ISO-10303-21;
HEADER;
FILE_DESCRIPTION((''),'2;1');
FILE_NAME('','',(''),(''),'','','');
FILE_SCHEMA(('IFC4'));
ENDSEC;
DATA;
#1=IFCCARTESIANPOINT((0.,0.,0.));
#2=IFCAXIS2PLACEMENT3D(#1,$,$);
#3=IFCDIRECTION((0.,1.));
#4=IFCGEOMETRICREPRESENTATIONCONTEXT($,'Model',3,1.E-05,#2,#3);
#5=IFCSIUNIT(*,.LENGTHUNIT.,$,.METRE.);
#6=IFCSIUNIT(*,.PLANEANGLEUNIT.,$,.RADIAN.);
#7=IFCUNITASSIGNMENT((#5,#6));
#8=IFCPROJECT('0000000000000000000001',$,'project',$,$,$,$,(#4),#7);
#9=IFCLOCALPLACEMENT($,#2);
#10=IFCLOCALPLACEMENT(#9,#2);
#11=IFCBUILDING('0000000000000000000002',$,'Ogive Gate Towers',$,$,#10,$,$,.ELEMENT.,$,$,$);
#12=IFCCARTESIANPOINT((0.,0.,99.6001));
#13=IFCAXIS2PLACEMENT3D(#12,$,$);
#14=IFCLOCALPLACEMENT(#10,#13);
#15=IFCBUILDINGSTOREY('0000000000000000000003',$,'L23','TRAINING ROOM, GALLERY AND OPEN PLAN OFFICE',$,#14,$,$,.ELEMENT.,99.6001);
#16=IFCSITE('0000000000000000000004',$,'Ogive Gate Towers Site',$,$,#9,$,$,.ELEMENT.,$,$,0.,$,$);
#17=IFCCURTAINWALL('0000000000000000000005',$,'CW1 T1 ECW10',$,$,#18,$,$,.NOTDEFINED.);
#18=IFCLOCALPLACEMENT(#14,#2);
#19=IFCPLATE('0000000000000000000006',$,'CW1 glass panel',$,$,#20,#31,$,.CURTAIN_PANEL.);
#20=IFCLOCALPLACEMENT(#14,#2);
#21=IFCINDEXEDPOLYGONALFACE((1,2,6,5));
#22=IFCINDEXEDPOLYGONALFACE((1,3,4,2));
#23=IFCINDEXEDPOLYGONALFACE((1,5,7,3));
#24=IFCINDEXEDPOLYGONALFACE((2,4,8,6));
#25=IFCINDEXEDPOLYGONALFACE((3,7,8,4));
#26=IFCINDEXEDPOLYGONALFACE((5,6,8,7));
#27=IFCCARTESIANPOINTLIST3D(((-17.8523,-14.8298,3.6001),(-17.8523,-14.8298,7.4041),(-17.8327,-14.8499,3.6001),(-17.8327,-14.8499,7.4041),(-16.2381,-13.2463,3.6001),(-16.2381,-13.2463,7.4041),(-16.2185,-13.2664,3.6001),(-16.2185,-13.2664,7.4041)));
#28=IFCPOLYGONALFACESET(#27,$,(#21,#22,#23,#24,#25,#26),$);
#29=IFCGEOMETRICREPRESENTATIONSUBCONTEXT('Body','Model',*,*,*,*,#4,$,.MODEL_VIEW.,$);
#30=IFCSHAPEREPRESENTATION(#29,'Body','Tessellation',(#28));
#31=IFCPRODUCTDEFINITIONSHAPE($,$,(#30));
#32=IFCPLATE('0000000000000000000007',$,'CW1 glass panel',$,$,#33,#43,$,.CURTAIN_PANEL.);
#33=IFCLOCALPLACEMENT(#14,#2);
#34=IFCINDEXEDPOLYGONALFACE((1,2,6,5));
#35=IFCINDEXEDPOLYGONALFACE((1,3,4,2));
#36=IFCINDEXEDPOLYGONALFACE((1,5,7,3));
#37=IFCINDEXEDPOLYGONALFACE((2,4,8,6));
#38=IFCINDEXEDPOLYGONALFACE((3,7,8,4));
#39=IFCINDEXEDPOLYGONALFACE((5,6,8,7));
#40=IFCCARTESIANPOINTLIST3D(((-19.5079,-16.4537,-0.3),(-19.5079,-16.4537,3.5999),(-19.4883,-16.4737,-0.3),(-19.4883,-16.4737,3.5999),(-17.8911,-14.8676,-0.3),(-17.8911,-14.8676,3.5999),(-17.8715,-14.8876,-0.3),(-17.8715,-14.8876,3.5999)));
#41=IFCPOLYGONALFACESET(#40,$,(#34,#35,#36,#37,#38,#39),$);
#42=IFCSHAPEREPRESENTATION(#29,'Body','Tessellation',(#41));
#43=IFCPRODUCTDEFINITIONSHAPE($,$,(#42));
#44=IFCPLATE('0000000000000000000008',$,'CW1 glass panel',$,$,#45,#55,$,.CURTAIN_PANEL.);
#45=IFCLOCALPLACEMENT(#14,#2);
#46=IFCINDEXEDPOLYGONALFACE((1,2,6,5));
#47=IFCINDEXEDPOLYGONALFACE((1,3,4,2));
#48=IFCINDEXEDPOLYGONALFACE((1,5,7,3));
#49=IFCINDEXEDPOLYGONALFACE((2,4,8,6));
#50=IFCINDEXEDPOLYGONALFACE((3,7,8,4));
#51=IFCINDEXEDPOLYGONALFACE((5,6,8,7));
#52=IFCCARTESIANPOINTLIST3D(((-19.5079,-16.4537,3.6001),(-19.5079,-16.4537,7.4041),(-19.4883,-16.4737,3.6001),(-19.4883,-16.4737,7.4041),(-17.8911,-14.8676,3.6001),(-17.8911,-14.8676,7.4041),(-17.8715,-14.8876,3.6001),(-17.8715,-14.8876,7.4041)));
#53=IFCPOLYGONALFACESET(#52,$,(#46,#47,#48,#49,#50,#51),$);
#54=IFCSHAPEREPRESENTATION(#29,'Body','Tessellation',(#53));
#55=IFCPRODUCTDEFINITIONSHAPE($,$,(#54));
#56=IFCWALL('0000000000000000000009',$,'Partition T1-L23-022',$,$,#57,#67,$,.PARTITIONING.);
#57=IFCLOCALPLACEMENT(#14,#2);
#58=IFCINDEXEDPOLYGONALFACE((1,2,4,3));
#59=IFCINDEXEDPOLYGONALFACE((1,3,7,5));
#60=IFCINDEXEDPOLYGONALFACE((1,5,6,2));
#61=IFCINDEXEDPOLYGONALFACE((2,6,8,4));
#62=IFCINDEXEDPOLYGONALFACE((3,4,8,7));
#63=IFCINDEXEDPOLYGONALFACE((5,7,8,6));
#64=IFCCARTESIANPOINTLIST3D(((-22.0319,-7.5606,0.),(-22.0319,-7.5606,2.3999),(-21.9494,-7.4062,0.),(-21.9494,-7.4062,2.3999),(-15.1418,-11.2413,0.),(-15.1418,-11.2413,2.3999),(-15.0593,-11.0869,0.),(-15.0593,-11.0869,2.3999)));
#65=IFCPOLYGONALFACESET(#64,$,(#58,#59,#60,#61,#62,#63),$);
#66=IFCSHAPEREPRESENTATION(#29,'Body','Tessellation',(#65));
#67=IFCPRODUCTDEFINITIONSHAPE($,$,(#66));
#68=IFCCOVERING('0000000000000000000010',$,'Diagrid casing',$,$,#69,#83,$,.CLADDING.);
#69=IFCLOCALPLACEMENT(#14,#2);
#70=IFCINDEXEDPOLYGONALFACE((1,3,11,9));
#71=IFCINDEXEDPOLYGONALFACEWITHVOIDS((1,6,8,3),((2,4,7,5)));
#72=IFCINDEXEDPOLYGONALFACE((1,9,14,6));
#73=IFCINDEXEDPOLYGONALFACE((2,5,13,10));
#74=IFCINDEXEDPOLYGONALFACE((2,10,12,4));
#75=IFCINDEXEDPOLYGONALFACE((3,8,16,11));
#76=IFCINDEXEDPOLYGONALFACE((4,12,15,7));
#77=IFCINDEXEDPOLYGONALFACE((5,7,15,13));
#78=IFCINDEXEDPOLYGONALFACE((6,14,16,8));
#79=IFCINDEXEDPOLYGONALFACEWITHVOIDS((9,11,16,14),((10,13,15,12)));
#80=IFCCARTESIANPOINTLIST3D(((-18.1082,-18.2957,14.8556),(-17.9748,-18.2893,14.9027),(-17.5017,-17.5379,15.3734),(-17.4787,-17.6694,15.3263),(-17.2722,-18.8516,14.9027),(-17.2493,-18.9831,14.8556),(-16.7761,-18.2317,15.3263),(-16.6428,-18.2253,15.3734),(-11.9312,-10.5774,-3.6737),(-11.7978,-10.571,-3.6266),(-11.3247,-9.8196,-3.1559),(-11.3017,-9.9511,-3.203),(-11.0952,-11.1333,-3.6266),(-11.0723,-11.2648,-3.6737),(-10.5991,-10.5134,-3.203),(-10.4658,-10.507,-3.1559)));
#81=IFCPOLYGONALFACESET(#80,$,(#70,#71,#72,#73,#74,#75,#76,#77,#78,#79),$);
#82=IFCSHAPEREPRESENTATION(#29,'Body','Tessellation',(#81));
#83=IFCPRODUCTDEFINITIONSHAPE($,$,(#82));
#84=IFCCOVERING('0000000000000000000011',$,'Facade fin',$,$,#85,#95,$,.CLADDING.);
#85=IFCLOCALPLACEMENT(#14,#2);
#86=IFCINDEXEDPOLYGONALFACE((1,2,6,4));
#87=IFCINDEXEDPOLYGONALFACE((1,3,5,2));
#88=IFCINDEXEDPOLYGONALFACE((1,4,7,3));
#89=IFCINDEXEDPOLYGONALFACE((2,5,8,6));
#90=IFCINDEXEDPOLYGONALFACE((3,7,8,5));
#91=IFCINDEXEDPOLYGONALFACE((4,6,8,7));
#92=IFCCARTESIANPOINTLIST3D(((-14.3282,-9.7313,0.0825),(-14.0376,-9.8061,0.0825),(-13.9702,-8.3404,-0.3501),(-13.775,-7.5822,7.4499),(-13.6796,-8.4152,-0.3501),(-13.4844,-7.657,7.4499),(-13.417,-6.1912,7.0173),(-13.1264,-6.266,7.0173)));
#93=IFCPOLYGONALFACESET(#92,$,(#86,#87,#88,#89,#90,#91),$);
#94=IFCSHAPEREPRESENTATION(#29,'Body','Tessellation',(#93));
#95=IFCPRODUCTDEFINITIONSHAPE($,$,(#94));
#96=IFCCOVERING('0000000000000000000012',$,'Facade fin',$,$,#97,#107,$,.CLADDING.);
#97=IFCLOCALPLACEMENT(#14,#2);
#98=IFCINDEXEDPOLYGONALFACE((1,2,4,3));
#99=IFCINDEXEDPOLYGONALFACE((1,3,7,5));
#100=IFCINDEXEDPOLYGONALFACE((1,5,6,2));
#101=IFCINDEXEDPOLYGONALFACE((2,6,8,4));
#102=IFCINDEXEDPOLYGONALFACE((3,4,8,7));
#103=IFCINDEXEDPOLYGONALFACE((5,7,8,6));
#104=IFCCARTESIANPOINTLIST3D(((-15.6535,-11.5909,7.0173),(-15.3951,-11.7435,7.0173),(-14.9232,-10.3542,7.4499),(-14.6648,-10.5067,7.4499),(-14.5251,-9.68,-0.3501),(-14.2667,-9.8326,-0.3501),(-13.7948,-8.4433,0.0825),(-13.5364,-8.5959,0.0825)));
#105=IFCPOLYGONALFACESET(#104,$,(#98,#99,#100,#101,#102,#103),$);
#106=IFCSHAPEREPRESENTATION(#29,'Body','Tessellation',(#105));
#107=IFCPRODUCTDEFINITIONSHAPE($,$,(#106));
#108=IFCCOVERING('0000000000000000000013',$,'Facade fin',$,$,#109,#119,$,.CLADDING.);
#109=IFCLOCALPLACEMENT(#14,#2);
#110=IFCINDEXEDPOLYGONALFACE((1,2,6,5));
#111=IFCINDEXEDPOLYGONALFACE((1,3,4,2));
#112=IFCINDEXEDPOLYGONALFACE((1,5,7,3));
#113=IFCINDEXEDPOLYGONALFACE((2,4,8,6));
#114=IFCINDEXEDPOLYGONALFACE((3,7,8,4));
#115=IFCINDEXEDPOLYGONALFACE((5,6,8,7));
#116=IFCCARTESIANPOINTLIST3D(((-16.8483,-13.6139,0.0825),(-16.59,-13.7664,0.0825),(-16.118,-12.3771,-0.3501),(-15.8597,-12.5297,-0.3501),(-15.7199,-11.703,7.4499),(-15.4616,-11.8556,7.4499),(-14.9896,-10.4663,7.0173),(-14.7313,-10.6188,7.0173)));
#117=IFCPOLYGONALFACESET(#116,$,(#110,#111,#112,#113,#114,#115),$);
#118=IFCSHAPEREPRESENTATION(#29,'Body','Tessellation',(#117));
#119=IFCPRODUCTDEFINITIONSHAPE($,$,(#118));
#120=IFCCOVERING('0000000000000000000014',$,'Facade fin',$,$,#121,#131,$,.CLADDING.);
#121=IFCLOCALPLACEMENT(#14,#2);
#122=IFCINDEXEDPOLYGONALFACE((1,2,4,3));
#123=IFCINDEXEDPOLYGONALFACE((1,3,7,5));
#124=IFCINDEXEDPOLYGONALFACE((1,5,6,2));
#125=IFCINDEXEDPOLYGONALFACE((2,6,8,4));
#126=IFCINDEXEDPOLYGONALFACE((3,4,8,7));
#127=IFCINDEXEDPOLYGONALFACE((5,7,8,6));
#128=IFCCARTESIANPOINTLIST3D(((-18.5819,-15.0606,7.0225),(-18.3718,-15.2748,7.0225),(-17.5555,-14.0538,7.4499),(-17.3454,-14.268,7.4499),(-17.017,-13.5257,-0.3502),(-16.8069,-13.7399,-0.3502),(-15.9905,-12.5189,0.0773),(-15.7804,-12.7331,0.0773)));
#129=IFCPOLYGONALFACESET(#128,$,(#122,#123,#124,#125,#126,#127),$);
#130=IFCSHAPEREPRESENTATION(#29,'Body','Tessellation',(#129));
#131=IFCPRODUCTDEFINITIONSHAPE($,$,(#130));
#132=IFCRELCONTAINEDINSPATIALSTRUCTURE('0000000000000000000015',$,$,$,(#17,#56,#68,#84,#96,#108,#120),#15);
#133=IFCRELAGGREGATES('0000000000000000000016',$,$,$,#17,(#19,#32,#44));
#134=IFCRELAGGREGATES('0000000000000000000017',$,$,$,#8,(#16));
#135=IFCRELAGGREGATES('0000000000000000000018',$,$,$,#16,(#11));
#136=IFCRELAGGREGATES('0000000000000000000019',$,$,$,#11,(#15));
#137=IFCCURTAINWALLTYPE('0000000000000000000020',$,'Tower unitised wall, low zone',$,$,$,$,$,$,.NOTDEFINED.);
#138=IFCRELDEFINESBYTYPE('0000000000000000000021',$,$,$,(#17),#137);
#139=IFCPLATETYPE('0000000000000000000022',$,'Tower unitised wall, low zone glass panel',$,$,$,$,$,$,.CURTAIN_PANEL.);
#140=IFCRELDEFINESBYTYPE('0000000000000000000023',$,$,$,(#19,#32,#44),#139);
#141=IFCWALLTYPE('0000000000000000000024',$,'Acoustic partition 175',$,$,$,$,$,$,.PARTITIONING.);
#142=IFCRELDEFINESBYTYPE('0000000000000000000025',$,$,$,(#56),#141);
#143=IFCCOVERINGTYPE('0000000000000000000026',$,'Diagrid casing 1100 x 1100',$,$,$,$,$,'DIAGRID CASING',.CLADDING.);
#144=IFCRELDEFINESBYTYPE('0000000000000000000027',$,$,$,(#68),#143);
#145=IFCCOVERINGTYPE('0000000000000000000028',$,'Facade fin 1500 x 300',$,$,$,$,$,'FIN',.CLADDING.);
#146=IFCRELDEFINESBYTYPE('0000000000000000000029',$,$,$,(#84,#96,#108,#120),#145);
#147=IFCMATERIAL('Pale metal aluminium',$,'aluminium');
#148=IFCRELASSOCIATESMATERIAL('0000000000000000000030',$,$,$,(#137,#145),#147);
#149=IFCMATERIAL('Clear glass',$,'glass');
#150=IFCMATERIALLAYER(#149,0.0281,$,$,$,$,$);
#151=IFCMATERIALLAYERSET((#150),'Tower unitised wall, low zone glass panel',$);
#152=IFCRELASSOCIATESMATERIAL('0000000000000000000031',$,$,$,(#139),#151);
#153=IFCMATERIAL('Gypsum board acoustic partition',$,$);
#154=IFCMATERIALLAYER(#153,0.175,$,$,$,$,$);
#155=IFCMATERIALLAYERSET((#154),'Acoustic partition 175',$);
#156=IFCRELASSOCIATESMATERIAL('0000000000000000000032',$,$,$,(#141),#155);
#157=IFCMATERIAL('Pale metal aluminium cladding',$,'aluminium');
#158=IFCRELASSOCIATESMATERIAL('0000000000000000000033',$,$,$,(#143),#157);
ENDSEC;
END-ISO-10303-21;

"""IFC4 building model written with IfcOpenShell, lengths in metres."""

from ifc_helpers import new_model, si_unit, direction, frame, frame_2d, origin, origin_2d, place, context, subcontext, project, spatial, rectangle, hollow_rectangle, extrude, material, layer, layer_set, material_profile, profile_set, type_object, element, aggregate, save


model = new_model("IFC4")

# Units and contexts
model_context = context("Model", 3, precision=1e-05, world=origin(), true_north=direction((0.0, 1.0)))
body_context = subcontext(model_context, "Body", "Model", "MODEL_VIEW")
ifc_project = project(units=[si_unit("LENGTHUNIT", "METRE"), si_unit("PLANEANGLEUNIT", "RADIAN")], contexts=[model_context])

# Site, building, storey
site_placement = place(None, origin())
site = spatial("IfcSite", under=ifc_project, at=site_placement, Name="Ogive Gate Towers Site", CompositionType="ELEMENT", RefElevation=0.0)
building_placement = place(site_placement, origin())
building = spatial("IfcBuilding", under=site, at=building_placement, Name="Ogive Gate Towers", CompositionType="ELEMENT")
storey_placement = place(building_placement, frame((0.0, 0.0, 99.6001)))
storey = spatial("IfcBuildingStorey", under=building, at=storey_placement, Name="L23", Description="TRAINING ROOM, GALLERY AND OPEN PLAN OFFICE", CompositionType="ELEMENT", Elevation=99.6001)

# Curtain wall, plates
ifc_material_1 = material(Name="Pale metal aluminium", Category="aluminium")
curtain_wall_type = type_object("IfcCurtainWallType", Name="Tower unitised wall, low zone", PredefinedType="NOTDEFINED", material=ifc_material_1)
curtain_wall_placement = place(storey_placement, origin())
curtain_wall = element("IfcCurtainWall", 1, at=curtain_wall_placement, inside=storey, type_object=curtain_wall_type, Name="CW1 T1 ECW10", PredefinedType="NOTDEFINED")
ifc_material_2 = material(Name="Clear glass", Category="glass")
ifc_layer_1 = layer(ifc_material_2, 0.0281)
ifc_layer_set_1 = layer_set([ifc_layer_1], Name="Tower unitised wall, low zone glass panel")
plate_type = type_object("IfcPlateType", Name="Tower unitised wall, low zone glass panel", PredefinedType="CURTAIN_PANEL", material=ifc_layer_set_1)
plate_1_placement = place(storey_placement, frame((-17.0354, -14.0481, 3.6001), z_axis=(0.0, 0.0, 1.0), x_axis=(-0.713862, -0.700287, 0.0)))
plate_1 = element("IfcPlate", 2, at=plate_1_placement, type_object=plate_type, Name="CW1 glass panel", PredefinedType="CURTAIN_PANEL", context=body_context, shape_type="SweptSolid", body=[
    extrude(rectangle(XDim=2.2612, YDim=0.0281, at=origin_2d()), origin(), (0.0, 0.0, 1.0), 3.804),
])
plate_2_placement = place(storey_placement, frame((-18.6897, -15.6707, -0.3), z_axis=(0.0, 0.0, 1.0), x_axis=(-0.71385, -0.700299, 0.0)))
plate_2 = element("IfcPlate", 3, at=plate_2_placement, type_object=plate_type, Name="CW1 glass panel", PredefinedType="CURTAIN_PANEL", context=body_context, shape_type="SweptSolid", body=[
    extrude(rectangle(XDim=2.2649, YDim=0.0281, at=origin_2d()), origin(), (0.0, 0.0, 1.0), 3.8999),
])
plate_3_placement = place(storey_placement, frame((-18.6897, -15.6707, 3.6001), z_axis=(0.0, 0.0, 1.0), x_axis=(-0.71385, -0.700299, 0.0)))
plate_3 = element("IfcPlate", 4, at=plate_3_placement, type_object=plate_type, Name="CW1 glass panel", PredefinedType="CURTAIN_PANEL", context=body_context, shape_type="SweptSolid", body=[
    extrude(rectangle(XDim=2.2649, YDim=0.0281, at=origin_2d()), origin(), (0.0, 0.0, 1.0), 3.804),
])
aggregate(curtain_wall, [plate_1, plate_2, plate_3])

# Wall
ifc_material_3 = material(Name="Gypsum board acoustic partition")
ifc_layer_2 = layer(ifc_material_3, 0.175)
ifc_layer_set_2 = layer_set([ifc_layer_2], Name="Acoustic partition 175")
wall_type = type_object("IfcWallType", Name="Acoustic partition 175", PredefinedType="PARTITIONING", material=ifc_layer_set_2)
wall_placement = place(storey_placement, frame((-15.1006, -11.1641, 0.0), z_axis=(0.0, 0.0, 1.0), x_axis=(-0.882038, 0.471179, 0.0)))
element("IfcWall", 5, at=wall_placement, inside=storey, type_object=wall_type, Name="Partition T1-L23-022", PredefinedType="PARTITIONING", context=body_context, shape_type="SweptSolid", body=[
    extrude(rectangle(XDim=7.8115, YDim=0.175, at=frame_2d((3.9058, 0.0))), origin(), (0.0, 0.0, 1.0), 2.3999),
])

# Coverings
ifc_material_4 = material(Name="Pale metal aluminium cladding", Category="aluminium")
ifc_material_profile_1 = material_profile(ifc_material_4, hollow_rectangle(XDim=1.1001, YDim=1.1001, WallThickness=0.1001, at=origin_2d()), Name="1100 x 1100 pale metal casing")
ifc_profile_set_1 = profile_set([ifc_material_profile_1], Name="Pale metal aluminium cladding")
covering_type_1 = type_object("IfcCoveringType", Name="Diagrid casing 1100 x 1100", ElementType="DIAGRID CASING", PredefinedType="CLADDING", material=ifc_profile_set_1)
covering_1_placement = place(storey_placement, frame((-11.1985, -10.5422, -3.4148), z_axis=(-0.294122, -0.367511, 0.882286), x_axis=(0.780751, -0.624843, 0.0)))
element("IfcCovering", 6, at=covering_1_placement, inside=storey, type_object=covering_type_1, Name="Diagrid casing", PredefinedType="CLADDING", context=body_context, shape_type="SweptSolid", body=[
    extrude(hollow_rectangle(XDim=1.1001, YDim=1.1001, WallThickness=0.1001, at=origin_2d()), origin(), (0.0, 0.0, 1.0), 21.0015),
])
ifc_material_profile_2 = material_profile(ifc_material_1, rectangle(XDim=0.3, YDim=1.5, at=origin_2d()), Name="1500 x 300 pale metal aluminium")
ifc_profile_set_2 = profile_set([ifc_material_profile_2], Name="Pale metal aluminium")
covering_type_2 = type_object("IfcCoveringType", Name="Facade fin 1500 x 300", ElementType="FIN", PredefinedType="CLADDING", material=ifc_profile_set_2)
for number, where, z_axis, x_axis, name in (
    (7, (-14.0039, -9.0732, -0.1338), (0.071899, 0.279316, 0.957504), (-0.96843, 0.249286, 0.0), "Facade fin"),
    (8, (-14.0308, -9.1379, -0.1338), (-0.146654, -0.248348, 0.957505), (0.861073, -0.508481, 0.0), "Facade fin"),
    (9, (-16.354, -13.0718, -0.1338), (0.146654, 0.248348, 0.957505), (-0.861073, 0.508481, 0.0), "Facade fin"),
):
    element("IfcCovering", number, at=place(storey_placement, frame(where, z_axis=z_axis, x_axis=x_axis)), inside=storey, type_object=covering_type_2, Name=name, PredefinedType="CLADDING", context=body_context, shape_type="SweptSolid", body=[
        extrude(rectangle(XDim=0.3, YDim=1.5, at=origin_2d()), origin(), (0.0, 0.0, 1.0), 7.6943),
    ])
covering_2_placement = place(storey_placement, frame((-16.3987, -13.1294, -0.1365), z_axis=(-0.203463, -0.199559, 0.95853), x_axis=(0.700224, -0.713923, 0.0)))
element("IfcCovering", 10, at=covering_2_placement, inside=storey, type_object=covering_type_2, Name="Facade fin", PredefinedType="CLADDING", context=body_context, shape_type="SweptSolid", body=[
    extrude(rectangle(XDim=0.3, YDim=1.5, at=origin_2d()), origin(), (0.0, 0.0, 1.0), 7.6917),
])

save(model, "model.ifc")
